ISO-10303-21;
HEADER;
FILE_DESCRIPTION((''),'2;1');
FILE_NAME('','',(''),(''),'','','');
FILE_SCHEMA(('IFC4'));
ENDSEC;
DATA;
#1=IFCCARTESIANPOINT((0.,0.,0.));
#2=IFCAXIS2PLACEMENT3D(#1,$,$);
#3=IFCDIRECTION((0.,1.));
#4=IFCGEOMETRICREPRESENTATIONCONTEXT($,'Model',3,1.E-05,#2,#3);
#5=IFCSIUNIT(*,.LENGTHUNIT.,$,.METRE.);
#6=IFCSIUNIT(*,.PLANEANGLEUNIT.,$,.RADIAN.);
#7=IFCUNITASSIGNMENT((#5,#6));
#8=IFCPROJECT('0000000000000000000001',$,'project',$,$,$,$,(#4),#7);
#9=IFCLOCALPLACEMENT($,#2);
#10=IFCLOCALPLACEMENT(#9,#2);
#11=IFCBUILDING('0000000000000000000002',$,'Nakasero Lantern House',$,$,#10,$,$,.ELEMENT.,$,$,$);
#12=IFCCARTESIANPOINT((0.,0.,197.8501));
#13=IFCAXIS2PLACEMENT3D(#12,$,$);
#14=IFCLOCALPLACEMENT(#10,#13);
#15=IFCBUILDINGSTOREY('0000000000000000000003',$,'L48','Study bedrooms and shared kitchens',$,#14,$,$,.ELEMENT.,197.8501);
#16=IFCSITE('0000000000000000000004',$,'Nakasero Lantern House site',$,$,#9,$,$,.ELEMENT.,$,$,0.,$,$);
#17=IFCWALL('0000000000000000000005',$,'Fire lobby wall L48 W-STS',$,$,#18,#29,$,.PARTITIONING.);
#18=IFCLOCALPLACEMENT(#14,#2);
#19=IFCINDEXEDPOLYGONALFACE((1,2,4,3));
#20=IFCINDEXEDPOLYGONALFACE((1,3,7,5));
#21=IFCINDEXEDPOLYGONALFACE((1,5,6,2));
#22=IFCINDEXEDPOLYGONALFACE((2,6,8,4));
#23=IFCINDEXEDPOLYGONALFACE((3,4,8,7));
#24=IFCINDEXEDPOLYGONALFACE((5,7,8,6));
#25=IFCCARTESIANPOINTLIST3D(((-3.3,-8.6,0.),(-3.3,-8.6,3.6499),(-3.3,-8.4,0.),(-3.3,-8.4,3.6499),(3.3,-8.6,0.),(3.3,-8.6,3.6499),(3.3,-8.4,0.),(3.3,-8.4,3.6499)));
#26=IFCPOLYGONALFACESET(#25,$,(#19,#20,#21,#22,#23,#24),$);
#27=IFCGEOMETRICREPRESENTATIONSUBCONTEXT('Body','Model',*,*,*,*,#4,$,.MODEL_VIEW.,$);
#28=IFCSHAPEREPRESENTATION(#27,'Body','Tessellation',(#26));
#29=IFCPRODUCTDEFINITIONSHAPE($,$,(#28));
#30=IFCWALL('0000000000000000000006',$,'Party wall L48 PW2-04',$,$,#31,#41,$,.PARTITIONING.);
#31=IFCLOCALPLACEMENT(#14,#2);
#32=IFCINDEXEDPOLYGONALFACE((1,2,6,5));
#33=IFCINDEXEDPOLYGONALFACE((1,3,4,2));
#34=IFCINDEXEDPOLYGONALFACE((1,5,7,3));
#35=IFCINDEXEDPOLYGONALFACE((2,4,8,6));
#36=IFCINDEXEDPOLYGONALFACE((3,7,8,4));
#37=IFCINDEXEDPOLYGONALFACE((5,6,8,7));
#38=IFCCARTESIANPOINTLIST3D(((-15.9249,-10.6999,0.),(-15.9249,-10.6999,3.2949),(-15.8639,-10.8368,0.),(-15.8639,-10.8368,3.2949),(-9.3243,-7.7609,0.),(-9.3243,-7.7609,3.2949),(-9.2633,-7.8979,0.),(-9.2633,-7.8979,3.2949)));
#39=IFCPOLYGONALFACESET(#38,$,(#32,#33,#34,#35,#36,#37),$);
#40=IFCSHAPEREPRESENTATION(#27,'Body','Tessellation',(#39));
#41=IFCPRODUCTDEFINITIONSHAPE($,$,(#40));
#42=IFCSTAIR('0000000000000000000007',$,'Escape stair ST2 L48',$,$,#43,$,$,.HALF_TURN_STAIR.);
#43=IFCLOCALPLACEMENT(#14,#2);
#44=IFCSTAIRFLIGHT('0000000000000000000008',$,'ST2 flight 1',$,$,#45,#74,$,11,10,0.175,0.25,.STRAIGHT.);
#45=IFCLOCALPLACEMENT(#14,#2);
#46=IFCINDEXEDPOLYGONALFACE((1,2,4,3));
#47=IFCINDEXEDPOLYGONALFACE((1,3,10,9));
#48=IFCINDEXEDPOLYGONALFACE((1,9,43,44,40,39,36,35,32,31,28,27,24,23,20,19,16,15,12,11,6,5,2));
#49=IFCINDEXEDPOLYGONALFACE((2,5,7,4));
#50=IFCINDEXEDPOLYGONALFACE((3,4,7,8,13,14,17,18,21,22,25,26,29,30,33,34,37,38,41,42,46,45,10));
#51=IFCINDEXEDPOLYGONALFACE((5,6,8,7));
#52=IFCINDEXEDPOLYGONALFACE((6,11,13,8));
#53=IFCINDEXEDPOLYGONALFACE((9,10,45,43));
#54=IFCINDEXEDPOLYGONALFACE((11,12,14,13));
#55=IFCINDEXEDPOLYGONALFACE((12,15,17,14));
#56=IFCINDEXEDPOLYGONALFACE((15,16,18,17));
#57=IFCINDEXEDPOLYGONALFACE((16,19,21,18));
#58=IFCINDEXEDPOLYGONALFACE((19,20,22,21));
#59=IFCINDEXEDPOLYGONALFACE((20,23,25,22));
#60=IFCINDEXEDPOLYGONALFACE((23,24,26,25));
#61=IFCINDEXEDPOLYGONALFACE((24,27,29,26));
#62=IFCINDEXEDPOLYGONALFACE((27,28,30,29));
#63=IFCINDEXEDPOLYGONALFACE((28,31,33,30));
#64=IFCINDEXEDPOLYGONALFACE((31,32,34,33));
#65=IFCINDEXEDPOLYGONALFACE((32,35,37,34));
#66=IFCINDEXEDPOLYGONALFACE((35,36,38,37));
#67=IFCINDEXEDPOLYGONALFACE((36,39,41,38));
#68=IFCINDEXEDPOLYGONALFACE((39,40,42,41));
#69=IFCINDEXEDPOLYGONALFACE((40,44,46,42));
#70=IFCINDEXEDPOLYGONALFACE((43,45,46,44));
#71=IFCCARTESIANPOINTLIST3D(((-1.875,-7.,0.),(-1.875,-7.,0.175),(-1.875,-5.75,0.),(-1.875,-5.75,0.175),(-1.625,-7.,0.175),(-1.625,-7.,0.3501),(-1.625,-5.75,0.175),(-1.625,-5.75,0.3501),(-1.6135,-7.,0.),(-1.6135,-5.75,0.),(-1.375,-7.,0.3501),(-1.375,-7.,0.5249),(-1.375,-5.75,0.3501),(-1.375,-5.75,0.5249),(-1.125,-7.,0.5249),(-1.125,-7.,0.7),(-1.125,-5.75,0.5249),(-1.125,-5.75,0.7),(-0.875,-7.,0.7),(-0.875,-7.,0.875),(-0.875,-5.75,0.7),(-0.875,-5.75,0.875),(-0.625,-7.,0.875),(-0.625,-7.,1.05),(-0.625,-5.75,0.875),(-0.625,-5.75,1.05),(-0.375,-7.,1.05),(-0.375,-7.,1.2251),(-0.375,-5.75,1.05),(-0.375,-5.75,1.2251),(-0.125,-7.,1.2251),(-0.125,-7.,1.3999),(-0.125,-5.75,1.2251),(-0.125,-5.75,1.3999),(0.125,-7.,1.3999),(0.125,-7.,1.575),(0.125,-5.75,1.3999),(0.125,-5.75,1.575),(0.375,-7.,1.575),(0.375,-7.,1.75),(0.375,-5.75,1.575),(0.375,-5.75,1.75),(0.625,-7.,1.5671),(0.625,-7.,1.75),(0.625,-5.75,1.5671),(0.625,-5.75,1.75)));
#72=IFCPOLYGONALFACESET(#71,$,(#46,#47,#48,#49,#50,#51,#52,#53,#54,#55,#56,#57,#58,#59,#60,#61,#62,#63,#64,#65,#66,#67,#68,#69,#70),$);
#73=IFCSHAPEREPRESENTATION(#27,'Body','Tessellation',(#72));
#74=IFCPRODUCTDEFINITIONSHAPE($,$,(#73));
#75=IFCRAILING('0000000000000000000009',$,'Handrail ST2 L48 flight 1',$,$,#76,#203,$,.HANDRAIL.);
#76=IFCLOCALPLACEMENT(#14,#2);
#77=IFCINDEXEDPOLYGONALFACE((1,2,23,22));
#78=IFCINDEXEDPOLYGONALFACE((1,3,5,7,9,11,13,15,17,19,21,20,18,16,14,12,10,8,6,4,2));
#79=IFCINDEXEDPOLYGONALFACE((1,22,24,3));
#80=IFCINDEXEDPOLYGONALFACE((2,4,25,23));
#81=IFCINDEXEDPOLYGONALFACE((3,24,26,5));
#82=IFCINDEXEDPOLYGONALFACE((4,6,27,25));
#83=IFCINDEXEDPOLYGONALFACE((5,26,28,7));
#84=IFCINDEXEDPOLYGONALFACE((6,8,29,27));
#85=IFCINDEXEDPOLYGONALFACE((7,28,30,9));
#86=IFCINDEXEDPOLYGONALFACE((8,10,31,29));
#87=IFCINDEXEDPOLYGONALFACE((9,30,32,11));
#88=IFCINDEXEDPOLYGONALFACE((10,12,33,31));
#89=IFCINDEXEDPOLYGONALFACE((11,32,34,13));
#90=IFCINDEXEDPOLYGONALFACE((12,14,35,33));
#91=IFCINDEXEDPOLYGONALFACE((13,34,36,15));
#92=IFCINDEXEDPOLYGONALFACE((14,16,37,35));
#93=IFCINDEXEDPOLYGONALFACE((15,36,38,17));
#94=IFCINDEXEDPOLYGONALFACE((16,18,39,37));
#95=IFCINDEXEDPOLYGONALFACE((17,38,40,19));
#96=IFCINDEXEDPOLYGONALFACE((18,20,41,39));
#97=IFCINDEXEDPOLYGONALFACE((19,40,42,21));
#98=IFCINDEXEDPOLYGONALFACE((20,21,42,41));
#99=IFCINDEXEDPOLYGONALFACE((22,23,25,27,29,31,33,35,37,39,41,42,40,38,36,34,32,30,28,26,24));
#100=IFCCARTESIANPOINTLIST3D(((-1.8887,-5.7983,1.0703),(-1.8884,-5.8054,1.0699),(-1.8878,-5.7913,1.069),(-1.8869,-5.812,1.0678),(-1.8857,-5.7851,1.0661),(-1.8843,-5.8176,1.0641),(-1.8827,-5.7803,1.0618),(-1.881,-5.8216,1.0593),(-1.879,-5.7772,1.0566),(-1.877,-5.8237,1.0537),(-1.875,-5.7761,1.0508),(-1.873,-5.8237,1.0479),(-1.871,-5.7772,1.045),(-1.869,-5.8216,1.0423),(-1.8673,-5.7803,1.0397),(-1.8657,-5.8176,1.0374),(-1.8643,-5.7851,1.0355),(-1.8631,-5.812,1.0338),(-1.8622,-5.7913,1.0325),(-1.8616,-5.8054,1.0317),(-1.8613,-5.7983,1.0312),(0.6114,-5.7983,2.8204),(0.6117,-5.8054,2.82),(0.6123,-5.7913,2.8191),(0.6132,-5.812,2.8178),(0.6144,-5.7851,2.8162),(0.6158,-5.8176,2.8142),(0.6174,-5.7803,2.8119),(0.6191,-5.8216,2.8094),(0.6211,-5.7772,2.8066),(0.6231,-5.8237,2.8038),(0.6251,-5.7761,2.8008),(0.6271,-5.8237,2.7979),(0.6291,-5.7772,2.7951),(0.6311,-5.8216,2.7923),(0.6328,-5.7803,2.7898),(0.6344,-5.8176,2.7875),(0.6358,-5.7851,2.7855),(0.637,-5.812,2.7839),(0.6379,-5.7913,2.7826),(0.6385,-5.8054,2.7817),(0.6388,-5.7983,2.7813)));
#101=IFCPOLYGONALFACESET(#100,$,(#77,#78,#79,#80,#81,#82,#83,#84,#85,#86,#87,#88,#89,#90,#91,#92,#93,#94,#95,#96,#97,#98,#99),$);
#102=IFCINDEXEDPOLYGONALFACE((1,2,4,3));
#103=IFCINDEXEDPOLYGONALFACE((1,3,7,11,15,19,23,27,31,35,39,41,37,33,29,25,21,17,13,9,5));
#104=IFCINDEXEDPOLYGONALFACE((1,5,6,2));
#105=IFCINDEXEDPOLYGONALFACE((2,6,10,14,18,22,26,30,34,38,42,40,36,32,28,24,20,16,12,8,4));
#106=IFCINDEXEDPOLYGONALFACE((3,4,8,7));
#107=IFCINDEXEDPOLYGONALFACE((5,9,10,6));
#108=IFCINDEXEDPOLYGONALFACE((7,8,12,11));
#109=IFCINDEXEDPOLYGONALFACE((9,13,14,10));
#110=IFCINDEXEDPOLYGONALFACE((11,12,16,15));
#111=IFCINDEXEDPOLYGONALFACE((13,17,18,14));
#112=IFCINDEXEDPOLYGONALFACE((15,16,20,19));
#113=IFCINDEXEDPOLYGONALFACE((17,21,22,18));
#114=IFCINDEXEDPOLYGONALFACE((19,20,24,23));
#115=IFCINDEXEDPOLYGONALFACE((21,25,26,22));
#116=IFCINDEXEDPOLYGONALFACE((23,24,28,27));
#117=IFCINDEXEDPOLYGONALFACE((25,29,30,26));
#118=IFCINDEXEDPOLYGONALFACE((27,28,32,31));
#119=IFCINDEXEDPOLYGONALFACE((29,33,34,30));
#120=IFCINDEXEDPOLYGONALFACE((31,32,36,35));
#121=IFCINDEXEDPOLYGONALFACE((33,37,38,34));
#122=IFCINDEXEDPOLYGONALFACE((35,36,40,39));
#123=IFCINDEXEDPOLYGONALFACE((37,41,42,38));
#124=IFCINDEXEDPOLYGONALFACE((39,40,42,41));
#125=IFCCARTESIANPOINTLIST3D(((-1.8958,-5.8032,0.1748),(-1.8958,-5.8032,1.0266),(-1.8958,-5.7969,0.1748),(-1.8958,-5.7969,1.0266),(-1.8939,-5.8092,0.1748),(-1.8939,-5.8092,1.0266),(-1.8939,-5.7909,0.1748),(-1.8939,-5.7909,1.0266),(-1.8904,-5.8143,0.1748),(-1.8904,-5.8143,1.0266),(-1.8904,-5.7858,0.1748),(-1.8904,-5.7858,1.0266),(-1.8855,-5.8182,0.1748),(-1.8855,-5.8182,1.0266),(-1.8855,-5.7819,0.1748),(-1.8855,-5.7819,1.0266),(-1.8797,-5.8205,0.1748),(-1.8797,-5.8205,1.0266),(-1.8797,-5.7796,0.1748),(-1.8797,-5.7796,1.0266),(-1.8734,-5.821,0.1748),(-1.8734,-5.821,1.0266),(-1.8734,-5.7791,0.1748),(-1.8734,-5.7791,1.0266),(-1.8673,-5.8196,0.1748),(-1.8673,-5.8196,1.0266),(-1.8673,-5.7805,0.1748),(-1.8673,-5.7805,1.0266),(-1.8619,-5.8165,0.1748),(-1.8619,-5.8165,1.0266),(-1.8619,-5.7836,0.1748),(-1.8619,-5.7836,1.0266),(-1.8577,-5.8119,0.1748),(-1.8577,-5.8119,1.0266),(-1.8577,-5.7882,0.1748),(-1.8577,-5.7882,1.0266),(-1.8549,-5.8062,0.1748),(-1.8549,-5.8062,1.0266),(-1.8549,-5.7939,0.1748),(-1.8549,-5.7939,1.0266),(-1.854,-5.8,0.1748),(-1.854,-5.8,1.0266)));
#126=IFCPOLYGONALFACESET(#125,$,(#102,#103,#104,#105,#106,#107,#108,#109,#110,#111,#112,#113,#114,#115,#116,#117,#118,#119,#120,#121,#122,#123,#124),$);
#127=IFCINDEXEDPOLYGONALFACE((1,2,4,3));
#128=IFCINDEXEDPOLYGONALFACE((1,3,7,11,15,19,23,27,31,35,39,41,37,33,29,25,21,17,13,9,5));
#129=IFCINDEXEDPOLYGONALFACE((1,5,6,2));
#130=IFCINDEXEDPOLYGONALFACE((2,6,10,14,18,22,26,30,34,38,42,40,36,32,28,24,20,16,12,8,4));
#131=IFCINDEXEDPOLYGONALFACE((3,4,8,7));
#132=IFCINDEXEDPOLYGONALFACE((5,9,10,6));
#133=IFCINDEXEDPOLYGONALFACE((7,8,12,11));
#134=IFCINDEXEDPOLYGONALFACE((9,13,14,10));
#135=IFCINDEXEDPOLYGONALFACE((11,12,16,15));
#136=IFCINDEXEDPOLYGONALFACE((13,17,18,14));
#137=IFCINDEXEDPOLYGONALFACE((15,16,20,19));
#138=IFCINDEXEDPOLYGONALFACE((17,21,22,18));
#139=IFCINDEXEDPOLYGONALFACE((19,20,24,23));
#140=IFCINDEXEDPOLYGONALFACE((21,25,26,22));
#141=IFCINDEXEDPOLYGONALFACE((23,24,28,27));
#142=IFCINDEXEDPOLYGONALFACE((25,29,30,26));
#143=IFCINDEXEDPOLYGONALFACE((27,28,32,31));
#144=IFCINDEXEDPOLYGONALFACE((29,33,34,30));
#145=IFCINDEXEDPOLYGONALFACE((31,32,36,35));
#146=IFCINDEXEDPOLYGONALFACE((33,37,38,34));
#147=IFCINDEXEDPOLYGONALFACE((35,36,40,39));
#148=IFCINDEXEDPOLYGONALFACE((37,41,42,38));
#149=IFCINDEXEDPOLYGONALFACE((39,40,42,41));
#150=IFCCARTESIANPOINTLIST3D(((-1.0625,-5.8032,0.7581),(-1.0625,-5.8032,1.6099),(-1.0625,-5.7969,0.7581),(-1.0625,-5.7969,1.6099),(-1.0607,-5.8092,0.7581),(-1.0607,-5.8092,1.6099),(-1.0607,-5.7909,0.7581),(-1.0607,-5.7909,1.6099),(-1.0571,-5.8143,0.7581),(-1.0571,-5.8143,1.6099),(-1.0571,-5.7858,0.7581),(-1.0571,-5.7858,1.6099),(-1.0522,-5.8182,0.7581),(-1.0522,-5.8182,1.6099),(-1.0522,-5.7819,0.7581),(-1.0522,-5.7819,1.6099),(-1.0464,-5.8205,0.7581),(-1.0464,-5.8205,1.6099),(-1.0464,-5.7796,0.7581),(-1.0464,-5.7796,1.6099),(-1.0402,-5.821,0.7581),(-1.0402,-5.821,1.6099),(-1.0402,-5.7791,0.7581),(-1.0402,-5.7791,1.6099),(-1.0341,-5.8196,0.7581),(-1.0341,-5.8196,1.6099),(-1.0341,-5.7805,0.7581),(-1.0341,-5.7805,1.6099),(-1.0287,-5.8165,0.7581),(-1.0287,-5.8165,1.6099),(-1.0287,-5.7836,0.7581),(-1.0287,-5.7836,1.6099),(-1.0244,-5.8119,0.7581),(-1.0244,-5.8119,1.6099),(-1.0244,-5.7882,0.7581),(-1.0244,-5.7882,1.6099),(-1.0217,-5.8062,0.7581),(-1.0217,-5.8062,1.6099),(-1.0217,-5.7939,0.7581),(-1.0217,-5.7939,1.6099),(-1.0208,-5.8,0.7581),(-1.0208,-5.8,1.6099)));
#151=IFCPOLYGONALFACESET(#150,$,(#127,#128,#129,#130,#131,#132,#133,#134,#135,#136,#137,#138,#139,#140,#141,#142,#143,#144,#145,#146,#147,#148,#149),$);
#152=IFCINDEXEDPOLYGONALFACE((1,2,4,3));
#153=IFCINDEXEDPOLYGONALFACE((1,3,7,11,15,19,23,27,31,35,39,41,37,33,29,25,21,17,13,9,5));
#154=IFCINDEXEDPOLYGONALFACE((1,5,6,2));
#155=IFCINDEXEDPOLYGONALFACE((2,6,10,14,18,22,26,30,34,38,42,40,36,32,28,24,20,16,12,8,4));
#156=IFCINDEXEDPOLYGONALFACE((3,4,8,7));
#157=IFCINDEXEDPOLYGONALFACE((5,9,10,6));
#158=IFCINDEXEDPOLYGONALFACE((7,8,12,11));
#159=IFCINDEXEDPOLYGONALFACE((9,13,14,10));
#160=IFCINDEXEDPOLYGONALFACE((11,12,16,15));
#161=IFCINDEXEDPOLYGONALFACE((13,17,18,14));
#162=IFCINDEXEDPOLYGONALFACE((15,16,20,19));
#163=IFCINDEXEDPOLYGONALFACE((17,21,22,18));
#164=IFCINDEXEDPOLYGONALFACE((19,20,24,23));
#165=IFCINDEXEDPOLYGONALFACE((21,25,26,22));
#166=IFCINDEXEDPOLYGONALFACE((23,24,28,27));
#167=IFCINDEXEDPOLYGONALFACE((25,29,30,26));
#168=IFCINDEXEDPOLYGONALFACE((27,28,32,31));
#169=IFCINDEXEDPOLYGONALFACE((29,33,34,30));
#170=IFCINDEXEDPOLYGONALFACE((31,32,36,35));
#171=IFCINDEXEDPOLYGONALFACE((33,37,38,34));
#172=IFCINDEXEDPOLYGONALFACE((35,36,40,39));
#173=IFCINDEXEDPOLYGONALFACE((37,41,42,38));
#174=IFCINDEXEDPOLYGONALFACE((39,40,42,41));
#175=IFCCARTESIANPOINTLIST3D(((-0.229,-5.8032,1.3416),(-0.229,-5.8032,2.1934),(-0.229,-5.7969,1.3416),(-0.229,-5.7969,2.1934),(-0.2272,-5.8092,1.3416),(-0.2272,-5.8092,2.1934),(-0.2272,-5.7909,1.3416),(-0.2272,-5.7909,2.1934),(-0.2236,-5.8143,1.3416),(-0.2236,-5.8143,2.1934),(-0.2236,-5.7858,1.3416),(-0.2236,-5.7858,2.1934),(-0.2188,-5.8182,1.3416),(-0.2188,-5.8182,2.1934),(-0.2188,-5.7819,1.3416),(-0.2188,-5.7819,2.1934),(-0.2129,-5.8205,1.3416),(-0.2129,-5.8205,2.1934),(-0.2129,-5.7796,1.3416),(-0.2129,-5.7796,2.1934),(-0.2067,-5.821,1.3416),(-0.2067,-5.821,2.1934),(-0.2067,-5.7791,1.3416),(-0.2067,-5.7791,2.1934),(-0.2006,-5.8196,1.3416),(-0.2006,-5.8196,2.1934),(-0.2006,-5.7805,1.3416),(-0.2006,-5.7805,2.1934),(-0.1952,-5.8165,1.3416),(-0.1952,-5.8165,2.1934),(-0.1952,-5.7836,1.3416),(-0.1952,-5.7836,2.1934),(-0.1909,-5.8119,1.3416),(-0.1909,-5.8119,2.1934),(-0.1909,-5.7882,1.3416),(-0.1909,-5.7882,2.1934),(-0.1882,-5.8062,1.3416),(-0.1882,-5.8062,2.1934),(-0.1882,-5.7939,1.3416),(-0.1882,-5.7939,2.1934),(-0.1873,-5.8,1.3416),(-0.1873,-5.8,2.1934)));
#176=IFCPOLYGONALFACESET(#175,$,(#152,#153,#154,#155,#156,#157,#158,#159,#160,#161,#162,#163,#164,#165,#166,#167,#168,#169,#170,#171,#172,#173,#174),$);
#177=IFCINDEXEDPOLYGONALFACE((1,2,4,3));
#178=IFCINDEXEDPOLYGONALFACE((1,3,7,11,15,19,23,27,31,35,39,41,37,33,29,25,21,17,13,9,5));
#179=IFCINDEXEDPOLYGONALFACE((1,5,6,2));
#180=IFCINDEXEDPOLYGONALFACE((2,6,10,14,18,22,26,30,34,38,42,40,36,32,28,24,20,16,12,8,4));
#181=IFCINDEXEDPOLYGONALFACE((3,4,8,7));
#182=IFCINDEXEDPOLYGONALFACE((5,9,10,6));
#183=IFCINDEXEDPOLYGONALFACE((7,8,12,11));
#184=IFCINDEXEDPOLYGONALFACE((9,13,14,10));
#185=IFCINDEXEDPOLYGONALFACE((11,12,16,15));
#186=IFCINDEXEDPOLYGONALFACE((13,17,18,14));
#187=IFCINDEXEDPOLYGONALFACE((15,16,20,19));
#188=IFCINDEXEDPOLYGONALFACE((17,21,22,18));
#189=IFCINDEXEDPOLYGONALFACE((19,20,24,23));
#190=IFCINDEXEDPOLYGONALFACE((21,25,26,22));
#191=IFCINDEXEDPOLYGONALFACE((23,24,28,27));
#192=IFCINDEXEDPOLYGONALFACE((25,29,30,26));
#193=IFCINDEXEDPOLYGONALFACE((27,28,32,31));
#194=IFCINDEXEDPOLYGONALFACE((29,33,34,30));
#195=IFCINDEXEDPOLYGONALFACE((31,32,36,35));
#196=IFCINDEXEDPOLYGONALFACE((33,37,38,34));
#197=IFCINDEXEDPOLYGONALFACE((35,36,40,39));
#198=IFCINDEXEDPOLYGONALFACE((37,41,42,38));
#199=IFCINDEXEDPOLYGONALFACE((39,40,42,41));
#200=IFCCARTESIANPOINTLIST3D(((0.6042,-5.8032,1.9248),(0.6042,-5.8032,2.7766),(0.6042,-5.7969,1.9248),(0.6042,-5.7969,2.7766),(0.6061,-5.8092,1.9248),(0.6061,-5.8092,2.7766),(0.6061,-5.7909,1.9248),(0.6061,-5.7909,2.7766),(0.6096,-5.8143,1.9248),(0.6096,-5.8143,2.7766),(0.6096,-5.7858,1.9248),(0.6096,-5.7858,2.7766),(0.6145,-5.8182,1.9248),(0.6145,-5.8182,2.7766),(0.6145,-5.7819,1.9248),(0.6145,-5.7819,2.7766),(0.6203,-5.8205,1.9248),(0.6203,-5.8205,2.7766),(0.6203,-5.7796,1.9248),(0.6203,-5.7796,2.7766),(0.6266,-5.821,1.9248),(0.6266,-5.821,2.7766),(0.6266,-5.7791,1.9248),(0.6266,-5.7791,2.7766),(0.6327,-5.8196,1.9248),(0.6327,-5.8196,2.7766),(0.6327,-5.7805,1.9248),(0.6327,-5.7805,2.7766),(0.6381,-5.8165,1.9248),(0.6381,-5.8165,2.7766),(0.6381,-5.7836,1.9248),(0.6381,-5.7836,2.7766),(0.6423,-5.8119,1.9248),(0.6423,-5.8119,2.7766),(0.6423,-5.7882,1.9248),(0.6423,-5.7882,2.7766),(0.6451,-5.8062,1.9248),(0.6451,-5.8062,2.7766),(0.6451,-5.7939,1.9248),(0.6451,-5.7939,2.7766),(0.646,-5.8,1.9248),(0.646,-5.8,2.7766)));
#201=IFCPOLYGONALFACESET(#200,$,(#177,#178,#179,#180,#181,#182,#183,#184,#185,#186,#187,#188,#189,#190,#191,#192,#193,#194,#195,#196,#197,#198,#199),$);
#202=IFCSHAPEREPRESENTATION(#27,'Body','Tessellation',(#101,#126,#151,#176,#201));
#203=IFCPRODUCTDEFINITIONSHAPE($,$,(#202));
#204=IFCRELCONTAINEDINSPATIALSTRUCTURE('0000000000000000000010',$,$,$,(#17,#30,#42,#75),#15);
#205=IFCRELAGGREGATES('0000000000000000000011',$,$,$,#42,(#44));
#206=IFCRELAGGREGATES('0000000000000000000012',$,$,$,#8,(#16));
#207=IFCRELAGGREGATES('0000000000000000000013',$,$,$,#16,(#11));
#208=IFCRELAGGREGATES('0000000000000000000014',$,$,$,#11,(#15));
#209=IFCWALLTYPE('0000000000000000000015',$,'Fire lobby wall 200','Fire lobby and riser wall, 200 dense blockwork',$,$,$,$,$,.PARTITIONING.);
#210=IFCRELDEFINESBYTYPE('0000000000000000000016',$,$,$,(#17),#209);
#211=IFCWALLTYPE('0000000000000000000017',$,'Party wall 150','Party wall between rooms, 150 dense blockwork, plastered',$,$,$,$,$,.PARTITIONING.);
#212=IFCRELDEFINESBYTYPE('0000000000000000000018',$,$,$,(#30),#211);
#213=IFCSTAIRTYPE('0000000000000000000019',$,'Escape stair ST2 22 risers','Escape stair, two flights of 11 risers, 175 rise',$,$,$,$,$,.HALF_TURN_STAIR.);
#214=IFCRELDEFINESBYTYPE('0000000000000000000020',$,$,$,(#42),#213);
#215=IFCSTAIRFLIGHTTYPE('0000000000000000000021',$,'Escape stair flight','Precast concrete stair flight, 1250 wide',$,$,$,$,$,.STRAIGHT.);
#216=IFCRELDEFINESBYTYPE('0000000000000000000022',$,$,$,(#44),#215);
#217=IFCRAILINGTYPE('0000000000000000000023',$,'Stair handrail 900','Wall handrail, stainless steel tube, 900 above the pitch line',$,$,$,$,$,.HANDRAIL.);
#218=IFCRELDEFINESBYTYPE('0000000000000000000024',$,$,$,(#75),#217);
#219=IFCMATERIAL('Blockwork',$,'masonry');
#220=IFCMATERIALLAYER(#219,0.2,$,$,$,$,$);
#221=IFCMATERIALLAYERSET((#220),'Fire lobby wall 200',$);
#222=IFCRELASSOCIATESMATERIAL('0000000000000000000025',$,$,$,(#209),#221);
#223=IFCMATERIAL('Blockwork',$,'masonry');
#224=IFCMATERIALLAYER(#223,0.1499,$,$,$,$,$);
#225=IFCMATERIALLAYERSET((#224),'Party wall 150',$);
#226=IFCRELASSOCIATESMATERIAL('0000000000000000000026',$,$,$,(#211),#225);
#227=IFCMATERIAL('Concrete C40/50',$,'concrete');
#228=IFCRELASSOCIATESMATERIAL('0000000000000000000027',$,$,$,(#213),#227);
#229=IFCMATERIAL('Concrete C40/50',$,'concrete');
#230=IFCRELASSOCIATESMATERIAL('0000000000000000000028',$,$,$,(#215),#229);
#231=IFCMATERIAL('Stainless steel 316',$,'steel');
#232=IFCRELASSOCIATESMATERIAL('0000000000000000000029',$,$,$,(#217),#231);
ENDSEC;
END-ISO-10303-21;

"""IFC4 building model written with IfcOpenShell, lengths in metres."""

from ifc_helpers import new_model, si_unit, direction, frame, frame_2d, origin, origin_2d, place, context, subcontext, project, spatial, polyline, rectangle, circle, outline, extrude, material, layer, layer_set, type_object, element, aggregate, save


model = new_model("IFC4")

# Units and contexts
model_context = context("Model", 3, precision=1e-05, world=origin(), true_north=direction((0.0, 1.0)))
body_context = subcontext(model_context, "Body", "Model", "MODEL_VIEW")
ifc_project = project(units=[si_unit("LENGTHUNIT", "METRE"), si_unit("PLANEANGLEUNIT", "RADIAN")], contexts=[model_context])

# Site, building, storey
site_placement = place(None, origin())
site = spatial("IfcSite", under=ifc_project, at=site_placement, Name="Nakasero Lantern House site", CompositionType="ELEMENT", RefElevation=0.0)
building_placement = place(site_placement, origin())
building = spatial("IfcBuilding", under=site, at=building_placement, Name="Nakasero Lantern House", CompositionType="ELEMENT")
storey_placement = place(building_placement, frame((0.0, 0.0, 197.8501)))
storey = spatial("IfcBuildingStorey", under=building, at=storey_placement, Name="L48", Description="Study bedrooms and shared kitchens", CompositionType="ELEMENT", Elevation=197.8501)

# Shared definitions
ifc_material_1 = material(Name="Blockwork", Category="masonry")
ifc_layer_1 = layer(ifc_material_1, 0.2)
ifc_layer_set_1 = layer_set([ifc_layer_1], Name="Fire lobby wall 200")
wall_type_1 = type_object("IfcWallType", Name="Fire lobby wall 200", Description="Fire lobby and riser wall, 200 dense blockwork", PredefinedType="PARTITIONING", material=ifc_layer_set_1)

# Walls
wall_1_placement = place(storey_placement, frame((-3.3, -8.5, 0.0), z_axis=(0.0, 0.0, 1.0), x_axis=(1.0, 0.0, 0.0)))
element("IfcWall", 1, at=wall_1_placement, inside=storey, type_object=wall_type_1, Name="Fire lobby wall L48 W-STS", PredefinedType="PARTITIONING", context=body_context, shape_type="SweptSolid", body=[
    extrude(rectangle(XDim=6.6001, YDim=0.2, at=frame_2d((3.3, 0.0))), origin(), (0.0, 0.0, 1.0), 3.6499),
])
ifc_material_2 = material(Name="Blockwork", Category="masonry")
ifc_layer_2 = layer(ifc_material_2, 0.1499)
ifc_layer_set_2 = layer_set([ifc_layer_2], Name="Party wall 150")
wall_type_2 = type_object("IfcWallType", Name="Party wall 150", Description="Party wall between rooms, 150 dense blockwork, plastered", PredefinedType="PARTITIONING", material=ifc_layer_set_2)
wall_2_placement = place(storey_placement, frame((-9.2937, -7.8293, 0.0), z_axis=(0.0, 0.0, 1.0), x_axis=(-0.913535, -0.406759, 0.0)))
element("IfcWall", 2, at=wall_2_placement, inside=storey, type_object=wall_type_2, Name="Party wall L48 PW2-04", PredefinedType="PARTITIONING", context=body_context, shape_type="SweptSolid", body=[
    extrude(rectangle(XDim=7.2253, YDim=0.1499, at=frame_2d((3.6128, 0.0))), origin(), (0.0, 0.0, 1.0), 3.2949),
])

# Stair, stair flight
ifc_material_3 = material(Name="Concrete C40/50", Category="concrete")
stair_type = type_object("IfcStairType", Name="Escape stair ST2 22 risers", Description="Escape stair, two flights of 11 risers, 175 rise", PredefinedType="HALF_TURN_STAIR", material=ifc_material_3)
stair_placement = place(storey_placement, origin())
stair = element("IfcStair", 3, at=stair_placement, inside=storey, type_object=stair_type, Name="Escape stair ST2 L48", PredefinedType="HALF_TURN_STAIR")
ifc_material_4 = material(Name="Concrete C40/50", Category="concrete")
stair_flight_type = type_object("IfcStairFlightType", Name="Escape stair flight", Description="Precast concrete stair flight, 1250 wide", PredefinedType="STRAIGHT", material=ifc_material_4)
stair_flight_placement = place(storey_placement, frame((-1.875, -6.375, 0.0), z_axis=(0.0, 0.0, 1.0), x_axis=(1.0, 0.0, 0.0)))
stair_flight = element("IfcStairFlight", 4, at=stair_flight_placement, type_object=stair_flight_type, Name="ST2 flight 1", NumberOfRisers=11, NumberOfTreads=10, PredefinedType="STRAIGHT", RiserHeight=0.175, TreadLength=0.25, context=body_context, shape_type="SweptSolid", body=[
    extrude(outline(polyline([(0.0, 0.0), (0.0, 0.175), (0.25, 0.175), (0.25, 0.3501), (0.5, 0.3501), (0.5, 0.5249), (0.75, 0.5249), (0.75, 0.7), (1.0, 0.7), (1.0, 0.875), (1.25, 0.875), (1.25, 1.05), (1.5, 1.05), (1.5, 1.2251), (1.75, 1.2251), (1.75, 1.3999), (2.0, 1.3999), (2.0, 1.575), (2.25, 1.575), (2.25, 1.75), (2.5, 1.75), (2.5, 1.925), (2.5, 1.5671), (0.2615, 0.0), (0.0, 0.0)])), frame((0.0, 0.625, 0.0), z_axis=(0.0, -1.0, 0.0), x_axis=(1.0, 0.0, 0.0)), (0.0, 0.0, 1.0), 1.25),
])
aggregate(stair, [stair_flight])

# Railing
ifc_material_5 = material(Name="Stainless steel 316", Category="steel")
railing_type = type_object("IfcRailingType", Name="Stair handrail 900", Description="Wall handrail, stainless steel tube, 900 above the pitch line", PredefinedType="HANDRAIL", material=ifc_material_5)
railing_placement = place(storey_placement, frame((-1.875, -5.8, 0.1748)))
element("IfcRailing", 5, at=railing_placement, inside=storey, type_object=railing_type, Name="Handrail ST2 L48 flight 1", PredefinedType="HANDRAIL", context=body_context, shape_type="SweptSolid", body=[
    extrude(circle(Radius=0.0239, at=origin_2d()), frame((0.0, 0.0, 0.876), z_axis=(0.819232, 0.0, 0.573462), x_axis=(0.0, 1.0, 0.0)), (0.0, 0.0, 1.0), 3.0518),
    extrude(circle(Radius=0.021, at=origin_2d()), origin(), (0.0, 0.0, 1.0), 0.8518),
    extrude(circle(Radius=0.021, at=origin_2d()), frame((0.8333, 0.0, 0.5833)), (0.0, 0.0, 1.0), 0.8518),
    extrude(circle(Radius=0.021, at=origin_2d()), frame((1.6667, 0.0, 1.1667)), (0.0, 0.0, 1.0), 0.8518),
    extrude(circle(Radius=0.021, at=origin_2d()), frame((2.5, 0.0, 1.75)), (0.0, 0.0, 1.0), 0.8518),
])

save(model, "model.ifc")
